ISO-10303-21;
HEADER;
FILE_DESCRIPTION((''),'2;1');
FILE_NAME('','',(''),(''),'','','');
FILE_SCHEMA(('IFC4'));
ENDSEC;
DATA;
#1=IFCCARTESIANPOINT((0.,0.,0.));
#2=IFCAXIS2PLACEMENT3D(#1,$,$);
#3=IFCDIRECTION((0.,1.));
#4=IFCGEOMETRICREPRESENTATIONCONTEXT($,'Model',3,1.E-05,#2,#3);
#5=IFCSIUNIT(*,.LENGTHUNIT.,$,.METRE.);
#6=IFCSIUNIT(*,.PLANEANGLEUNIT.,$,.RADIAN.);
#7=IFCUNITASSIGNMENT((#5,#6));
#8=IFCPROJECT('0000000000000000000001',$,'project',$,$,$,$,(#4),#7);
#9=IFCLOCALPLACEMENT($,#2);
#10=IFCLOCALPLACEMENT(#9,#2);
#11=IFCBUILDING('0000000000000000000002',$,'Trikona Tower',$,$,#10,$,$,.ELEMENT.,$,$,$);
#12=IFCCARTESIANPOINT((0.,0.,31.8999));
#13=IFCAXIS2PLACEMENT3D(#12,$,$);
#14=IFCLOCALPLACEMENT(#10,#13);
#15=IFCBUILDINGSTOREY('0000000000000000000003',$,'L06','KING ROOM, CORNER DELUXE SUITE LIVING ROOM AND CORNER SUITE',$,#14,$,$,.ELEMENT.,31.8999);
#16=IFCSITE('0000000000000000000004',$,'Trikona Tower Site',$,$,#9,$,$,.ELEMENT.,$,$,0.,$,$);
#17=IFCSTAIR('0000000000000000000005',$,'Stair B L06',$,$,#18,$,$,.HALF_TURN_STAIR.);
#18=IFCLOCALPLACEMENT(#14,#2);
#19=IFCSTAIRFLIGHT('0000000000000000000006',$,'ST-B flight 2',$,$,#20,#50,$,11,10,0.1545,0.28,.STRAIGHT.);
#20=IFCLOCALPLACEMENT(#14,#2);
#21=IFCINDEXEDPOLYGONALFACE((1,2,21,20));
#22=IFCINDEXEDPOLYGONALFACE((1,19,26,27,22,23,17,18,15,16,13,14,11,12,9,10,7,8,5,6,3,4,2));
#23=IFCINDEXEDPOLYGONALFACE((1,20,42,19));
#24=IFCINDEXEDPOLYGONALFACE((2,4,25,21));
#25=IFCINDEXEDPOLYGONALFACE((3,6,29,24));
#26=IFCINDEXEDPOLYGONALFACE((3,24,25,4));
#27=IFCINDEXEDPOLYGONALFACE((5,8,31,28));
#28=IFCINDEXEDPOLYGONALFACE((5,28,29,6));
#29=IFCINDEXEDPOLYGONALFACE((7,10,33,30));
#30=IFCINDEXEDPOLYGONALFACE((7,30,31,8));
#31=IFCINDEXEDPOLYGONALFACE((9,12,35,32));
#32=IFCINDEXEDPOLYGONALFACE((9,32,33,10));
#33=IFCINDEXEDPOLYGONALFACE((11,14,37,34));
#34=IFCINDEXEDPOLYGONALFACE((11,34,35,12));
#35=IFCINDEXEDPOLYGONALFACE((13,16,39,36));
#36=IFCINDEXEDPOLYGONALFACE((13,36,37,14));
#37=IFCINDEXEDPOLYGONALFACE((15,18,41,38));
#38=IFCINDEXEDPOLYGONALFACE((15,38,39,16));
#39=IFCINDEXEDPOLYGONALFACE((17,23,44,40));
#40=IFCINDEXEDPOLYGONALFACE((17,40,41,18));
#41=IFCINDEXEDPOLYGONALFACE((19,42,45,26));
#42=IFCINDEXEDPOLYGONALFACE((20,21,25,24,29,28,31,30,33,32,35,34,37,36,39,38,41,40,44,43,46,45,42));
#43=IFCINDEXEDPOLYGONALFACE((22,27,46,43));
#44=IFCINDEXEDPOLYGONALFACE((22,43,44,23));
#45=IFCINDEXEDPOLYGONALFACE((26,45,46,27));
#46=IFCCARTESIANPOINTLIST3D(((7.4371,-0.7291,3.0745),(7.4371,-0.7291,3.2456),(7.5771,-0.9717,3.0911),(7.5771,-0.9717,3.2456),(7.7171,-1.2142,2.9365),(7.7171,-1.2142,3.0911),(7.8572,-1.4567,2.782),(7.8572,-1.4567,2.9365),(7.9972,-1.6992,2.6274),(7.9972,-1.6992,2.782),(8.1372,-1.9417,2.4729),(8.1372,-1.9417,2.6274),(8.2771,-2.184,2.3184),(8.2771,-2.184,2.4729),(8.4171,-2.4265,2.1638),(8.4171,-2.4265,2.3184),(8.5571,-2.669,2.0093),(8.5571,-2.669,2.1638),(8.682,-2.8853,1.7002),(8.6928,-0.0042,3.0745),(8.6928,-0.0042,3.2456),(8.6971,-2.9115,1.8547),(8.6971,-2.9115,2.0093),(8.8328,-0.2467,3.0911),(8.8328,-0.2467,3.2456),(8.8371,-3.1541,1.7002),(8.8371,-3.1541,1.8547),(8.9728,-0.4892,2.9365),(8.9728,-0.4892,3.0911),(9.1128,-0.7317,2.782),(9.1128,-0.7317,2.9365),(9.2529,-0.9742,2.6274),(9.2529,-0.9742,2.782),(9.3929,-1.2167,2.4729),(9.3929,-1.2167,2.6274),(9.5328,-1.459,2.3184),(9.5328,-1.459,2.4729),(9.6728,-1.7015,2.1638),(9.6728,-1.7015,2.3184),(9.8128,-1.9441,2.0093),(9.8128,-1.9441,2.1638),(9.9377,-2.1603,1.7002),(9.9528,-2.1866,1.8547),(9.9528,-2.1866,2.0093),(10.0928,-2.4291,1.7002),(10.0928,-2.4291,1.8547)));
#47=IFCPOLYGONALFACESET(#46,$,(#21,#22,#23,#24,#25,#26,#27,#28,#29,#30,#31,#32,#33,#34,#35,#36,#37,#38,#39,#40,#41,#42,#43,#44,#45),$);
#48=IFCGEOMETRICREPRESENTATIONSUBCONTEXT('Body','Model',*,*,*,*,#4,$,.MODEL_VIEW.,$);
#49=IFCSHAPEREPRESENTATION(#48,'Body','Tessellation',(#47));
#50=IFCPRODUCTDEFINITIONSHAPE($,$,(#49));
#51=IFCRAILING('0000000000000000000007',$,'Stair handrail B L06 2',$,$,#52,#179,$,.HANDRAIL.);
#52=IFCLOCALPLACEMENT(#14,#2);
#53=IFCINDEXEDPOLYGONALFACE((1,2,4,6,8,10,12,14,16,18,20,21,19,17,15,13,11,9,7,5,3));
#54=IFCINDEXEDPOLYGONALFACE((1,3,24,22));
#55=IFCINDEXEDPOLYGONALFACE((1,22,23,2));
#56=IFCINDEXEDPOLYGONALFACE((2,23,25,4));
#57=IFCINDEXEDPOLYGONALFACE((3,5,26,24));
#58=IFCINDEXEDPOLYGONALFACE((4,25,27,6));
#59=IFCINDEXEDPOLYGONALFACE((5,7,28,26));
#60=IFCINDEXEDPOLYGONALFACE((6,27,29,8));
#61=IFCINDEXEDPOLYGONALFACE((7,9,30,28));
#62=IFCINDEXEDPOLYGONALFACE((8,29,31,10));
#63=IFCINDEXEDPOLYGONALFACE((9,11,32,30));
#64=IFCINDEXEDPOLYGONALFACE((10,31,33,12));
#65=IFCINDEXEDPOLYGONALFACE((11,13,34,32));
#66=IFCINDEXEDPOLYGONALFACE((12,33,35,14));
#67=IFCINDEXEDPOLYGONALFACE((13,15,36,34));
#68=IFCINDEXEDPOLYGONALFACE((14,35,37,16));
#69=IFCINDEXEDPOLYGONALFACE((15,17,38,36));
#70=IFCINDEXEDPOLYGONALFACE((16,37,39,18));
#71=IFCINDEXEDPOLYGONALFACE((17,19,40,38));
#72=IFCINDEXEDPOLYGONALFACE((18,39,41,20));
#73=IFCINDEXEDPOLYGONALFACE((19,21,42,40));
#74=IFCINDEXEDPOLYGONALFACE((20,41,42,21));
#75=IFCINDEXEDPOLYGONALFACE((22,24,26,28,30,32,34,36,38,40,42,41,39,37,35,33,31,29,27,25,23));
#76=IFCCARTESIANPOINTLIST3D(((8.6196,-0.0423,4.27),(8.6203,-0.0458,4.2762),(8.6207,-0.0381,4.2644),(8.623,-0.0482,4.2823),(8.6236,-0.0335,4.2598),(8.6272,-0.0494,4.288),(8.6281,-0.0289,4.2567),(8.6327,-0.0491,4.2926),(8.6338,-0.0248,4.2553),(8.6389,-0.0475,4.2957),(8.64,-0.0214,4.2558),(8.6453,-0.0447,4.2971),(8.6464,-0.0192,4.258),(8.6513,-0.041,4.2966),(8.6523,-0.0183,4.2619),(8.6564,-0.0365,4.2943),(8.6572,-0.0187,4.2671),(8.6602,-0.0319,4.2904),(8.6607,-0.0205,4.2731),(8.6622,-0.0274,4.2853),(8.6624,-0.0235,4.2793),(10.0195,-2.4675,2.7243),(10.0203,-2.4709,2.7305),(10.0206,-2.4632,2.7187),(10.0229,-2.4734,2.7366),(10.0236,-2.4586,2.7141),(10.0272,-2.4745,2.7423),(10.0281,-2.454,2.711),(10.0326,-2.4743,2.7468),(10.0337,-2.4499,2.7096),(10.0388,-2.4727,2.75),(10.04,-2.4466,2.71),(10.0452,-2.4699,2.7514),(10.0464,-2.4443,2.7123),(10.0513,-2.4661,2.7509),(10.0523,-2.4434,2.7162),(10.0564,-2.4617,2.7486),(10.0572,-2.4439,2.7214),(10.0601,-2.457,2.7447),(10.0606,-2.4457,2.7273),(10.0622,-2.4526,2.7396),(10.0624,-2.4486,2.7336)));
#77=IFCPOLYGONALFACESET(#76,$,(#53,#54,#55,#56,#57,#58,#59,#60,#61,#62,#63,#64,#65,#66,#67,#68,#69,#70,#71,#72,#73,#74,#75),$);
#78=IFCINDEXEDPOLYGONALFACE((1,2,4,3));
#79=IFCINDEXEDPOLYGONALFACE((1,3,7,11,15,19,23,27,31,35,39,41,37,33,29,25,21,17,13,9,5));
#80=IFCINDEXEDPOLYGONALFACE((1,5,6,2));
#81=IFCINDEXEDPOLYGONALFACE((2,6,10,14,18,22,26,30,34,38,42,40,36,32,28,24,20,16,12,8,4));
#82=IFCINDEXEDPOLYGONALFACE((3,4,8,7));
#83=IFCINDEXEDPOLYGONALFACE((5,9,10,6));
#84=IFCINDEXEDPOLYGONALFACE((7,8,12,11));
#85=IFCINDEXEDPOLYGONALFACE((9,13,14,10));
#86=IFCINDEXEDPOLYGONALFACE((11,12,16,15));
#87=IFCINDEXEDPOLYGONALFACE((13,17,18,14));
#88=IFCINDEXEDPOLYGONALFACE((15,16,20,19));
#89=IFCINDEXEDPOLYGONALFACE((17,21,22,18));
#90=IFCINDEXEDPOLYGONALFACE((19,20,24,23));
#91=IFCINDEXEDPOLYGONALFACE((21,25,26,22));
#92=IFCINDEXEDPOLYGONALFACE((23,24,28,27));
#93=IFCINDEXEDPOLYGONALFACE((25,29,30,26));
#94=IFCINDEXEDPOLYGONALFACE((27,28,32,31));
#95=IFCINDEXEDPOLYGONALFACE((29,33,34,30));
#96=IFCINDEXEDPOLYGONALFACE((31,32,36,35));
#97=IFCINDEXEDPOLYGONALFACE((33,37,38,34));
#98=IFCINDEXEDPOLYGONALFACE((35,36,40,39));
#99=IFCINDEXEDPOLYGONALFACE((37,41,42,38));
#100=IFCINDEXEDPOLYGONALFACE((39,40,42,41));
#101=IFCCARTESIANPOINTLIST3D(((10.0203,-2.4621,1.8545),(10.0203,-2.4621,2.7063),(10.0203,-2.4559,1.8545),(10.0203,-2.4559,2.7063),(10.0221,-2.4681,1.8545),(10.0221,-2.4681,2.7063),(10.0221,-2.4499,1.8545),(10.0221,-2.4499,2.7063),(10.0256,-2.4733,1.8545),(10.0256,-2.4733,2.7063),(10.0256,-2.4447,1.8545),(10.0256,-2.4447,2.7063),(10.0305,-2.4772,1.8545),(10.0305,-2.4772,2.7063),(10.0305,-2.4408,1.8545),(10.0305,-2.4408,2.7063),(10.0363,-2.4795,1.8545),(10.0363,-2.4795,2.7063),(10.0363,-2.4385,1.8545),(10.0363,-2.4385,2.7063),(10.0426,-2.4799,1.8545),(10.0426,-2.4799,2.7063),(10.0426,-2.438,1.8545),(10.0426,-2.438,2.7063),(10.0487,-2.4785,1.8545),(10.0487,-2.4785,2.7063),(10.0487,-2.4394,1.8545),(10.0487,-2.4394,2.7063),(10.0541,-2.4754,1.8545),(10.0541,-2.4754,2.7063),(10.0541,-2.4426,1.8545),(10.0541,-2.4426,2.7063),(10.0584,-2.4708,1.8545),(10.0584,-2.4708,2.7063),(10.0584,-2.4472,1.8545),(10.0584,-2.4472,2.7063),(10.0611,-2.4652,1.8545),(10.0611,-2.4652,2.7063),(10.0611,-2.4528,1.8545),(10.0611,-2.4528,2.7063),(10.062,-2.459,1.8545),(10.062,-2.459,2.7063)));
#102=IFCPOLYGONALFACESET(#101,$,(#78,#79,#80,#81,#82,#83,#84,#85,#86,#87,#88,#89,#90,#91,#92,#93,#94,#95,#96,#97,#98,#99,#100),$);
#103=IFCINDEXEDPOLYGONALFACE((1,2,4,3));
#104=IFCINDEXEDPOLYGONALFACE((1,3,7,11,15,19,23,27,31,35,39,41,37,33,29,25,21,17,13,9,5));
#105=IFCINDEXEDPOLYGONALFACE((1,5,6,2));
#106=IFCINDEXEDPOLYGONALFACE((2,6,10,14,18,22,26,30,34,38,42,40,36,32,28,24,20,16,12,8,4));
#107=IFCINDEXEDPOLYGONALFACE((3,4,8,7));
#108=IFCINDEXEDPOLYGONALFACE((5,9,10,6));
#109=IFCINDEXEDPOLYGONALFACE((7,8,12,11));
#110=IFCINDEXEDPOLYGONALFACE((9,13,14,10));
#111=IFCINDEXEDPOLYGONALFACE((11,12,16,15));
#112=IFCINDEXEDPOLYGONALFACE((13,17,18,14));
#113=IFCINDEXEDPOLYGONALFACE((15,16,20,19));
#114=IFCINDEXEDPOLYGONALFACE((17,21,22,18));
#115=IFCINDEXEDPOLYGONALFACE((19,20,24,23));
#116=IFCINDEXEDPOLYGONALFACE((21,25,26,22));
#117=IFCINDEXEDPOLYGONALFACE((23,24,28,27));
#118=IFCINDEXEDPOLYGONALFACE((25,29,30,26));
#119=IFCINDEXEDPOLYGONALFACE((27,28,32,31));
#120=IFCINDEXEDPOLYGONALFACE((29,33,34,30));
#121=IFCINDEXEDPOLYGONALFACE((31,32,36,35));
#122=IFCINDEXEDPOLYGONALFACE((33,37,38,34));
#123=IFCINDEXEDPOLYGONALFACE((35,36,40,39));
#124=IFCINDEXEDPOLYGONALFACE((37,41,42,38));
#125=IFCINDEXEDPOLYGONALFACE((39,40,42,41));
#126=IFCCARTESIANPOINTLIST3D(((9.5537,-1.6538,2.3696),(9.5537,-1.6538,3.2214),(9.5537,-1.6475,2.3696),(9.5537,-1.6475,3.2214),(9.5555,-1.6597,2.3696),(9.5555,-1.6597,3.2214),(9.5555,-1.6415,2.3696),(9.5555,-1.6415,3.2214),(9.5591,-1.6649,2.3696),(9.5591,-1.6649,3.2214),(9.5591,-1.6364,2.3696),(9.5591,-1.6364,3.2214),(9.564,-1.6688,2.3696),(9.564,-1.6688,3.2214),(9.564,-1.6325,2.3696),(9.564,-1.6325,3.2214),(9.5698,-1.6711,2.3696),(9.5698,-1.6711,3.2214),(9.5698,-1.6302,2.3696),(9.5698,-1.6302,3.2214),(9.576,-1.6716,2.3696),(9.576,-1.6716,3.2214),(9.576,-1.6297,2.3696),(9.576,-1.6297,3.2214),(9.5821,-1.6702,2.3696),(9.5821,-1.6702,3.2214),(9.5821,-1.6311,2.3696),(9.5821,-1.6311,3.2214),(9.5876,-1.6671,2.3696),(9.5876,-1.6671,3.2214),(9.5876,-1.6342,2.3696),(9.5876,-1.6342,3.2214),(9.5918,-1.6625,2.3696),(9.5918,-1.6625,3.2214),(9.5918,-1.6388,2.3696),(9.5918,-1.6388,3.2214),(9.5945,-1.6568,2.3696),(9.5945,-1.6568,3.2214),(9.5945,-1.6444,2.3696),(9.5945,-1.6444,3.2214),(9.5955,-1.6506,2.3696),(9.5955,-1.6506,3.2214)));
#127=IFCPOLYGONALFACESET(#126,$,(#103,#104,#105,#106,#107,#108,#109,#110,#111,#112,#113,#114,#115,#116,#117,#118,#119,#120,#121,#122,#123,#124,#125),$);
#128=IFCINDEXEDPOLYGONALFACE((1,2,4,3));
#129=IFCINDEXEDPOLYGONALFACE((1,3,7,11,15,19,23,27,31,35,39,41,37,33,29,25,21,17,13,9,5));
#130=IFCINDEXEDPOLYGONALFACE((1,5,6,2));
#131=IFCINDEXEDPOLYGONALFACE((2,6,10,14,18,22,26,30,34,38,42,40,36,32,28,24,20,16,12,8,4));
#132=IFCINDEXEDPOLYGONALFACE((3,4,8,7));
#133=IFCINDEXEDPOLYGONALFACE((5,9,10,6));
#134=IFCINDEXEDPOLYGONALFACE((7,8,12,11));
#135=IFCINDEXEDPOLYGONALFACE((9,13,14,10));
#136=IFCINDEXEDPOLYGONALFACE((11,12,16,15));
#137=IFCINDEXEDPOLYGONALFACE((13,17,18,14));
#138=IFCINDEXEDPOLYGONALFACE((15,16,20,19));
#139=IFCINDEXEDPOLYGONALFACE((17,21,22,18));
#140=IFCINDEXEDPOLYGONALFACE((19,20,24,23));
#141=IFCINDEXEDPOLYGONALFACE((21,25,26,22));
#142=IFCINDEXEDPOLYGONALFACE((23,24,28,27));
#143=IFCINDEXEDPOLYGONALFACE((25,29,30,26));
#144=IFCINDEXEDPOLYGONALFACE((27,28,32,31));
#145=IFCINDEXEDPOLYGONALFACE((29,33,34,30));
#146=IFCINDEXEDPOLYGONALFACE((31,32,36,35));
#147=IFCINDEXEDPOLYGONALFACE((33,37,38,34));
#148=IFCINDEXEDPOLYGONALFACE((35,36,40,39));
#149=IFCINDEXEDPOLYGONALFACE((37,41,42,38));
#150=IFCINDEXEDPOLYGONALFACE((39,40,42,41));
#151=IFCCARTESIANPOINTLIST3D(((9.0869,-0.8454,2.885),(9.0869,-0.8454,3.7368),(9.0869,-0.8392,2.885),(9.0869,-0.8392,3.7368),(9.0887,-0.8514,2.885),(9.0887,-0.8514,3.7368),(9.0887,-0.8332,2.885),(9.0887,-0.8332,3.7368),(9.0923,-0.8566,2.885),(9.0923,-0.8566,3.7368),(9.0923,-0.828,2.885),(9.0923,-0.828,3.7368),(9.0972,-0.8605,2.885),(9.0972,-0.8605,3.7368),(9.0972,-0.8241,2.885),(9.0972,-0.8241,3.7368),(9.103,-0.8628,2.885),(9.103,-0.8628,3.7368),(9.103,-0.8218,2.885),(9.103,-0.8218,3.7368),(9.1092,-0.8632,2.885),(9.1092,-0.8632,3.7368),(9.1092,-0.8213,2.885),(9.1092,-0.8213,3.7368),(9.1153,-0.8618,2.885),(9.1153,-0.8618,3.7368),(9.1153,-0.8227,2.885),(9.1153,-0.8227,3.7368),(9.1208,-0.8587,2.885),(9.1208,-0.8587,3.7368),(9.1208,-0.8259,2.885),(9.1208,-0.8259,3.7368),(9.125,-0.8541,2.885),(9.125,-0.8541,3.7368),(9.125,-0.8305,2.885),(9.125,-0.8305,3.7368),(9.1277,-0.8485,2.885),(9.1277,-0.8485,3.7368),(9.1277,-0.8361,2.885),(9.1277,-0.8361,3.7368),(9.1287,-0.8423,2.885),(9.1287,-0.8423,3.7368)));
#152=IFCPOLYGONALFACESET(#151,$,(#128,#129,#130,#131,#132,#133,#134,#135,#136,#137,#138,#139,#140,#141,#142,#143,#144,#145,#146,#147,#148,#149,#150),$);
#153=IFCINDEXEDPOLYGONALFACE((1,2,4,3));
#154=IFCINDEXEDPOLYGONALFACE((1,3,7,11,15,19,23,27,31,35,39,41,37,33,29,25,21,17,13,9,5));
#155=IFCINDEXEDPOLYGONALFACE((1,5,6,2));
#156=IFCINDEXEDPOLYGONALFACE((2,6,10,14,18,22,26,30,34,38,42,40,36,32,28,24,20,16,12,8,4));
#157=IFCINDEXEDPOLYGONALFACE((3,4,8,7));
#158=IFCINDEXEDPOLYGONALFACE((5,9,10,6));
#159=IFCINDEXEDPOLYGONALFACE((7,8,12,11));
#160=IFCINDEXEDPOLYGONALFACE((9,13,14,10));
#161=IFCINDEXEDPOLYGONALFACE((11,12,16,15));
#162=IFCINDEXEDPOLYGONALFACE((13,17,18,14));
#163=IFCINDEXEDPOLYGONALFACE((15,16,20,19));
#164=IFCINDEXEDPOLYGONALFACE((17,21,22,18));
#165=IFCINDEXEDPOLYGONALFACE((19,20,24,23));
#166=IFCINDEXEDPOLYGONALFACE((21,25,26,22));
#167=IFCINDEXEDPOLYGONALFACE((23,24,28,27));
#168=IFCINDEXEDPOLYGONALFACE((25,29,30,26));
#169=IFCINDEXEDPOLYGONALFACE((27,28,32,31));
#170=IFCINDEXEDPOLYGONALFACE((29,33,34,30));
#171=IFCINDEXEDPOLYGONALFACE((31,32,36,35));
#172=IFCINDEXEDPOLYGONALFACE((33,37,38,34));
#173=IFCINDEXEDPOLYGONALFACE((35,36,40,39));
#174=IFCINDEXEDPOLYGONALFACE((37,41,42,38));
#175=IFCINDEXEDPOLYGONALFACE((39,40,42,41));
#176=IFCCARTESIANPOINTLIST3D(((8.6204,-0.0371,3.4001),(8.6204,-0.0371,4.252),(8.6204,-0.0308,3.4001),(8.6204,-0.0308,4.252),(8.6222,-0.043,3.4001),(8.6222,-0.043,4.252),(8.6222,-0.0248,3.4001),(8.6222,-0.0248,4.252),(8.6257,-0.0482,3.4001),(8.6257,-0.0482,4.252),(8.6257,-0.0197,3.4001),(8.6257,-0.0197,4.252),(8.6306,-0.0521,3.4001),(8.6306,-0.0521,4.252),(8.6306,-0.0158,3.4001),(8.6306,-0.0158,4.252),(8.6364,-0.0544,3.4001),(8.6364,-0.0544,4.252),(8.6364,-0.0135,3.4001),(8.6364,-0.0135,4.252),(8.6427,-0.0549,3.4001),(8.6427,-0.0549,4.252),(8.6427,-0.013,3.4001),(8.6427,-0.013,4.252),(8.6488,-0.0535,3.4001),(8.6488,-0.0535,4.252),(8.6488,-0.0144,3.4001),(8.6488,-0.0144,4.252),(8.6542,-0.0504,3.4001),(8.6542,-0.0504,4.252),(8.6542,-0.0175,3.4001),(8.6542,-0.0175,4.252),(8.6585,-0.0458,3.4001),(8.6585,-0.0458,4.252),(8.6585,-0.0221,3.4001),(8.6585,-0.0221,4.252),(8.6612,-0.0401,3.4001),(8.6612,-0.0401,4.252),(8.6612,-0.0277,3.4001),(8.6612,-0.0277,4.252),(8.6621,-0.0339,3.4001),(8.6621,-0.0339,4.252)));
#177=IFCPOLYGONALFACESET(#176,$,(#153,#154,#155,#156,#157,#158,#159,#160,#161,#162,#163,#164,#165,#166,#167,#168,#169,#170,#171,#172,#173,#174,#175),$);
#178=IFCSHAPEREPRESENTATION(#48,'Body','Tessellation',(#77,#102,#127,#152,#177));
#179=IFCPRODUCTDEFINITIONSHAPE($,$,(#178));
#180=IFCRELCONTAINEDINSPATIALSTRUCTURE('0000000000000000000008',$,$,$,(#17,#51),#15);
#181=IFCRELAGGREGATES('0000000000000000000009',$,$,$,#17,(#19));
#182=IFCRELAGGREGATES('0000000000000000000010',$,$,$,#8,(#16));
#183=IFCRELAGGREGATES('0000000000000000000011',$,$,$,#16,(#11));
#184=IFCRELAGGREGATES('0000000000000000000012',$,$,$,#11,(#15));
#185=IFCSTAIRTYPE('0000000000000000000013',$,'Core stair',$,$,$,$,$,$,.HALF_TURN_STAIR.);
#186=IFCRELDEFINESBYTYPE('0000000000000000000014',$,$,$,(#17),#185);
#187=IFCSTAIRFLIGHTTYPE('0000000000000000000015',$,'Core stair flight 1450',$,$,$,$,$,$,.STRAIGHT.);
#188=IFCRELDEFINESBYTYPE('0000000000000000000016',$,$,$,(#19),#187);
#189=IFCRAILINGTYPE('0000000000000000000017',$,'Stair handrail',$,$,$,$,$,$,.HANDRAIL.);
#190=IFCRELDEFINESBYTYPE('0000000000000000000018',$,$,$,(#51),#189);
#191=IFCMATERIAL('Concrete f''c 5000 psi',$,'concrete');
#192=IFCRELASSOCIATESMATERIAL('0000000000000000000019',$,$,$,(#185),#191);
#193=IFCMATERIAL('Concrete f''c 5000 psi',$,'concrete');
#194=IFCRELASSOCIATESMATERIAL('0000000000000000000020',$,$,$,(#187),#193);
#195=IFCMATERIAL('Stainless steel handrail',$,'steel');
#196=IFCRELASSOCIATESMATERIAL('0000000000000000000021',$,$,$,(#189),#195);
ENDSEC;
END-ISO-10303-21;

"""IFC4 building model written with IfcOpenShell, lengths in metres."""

from ifc_helpers import new_model, si_unit, direction, frame, origin, origin_2d, place, context, subcontext, project, spatial, polyline, circle, outline, extrude, material, type_object, element, aggregate, save


model = new_model("IFC4")

# Units and contexts
model_context = context("Model", 3, precision=1e-05, world=origin(), true_north=direction((0.0, 1.0)))
body_context = subcontext(model_context, "Body", "Model", "MODEL_VIEW")
ifc_project = project(units=[si_unit("LENGTHUNIT", "METRE"), si_unit("PLANEANGLEUNIT", "RADIAN")], contexts=[model_context])

# Site, building, storey
site_placement = place(None, origin())
site = spatial("IfcSite", under=ifc_project, at=site_placement, Name="Trikona Tower Site", CompositionType="ELEMENT", RefElevation=0.0)
building_placement = place(site_placement, origin())
building = spatial("IfcBuilding", under=site, at=building_placement, Name="Trikona Tower", CompositionType="ELEMENT")
storey_placement = place(building_placement, frame((0.0, 0.0, 31.8999)))
storey = spatial("IfcBuildingStorey", under=building, at=storey_placement, Name="L06", Description="KING ROOM, CORNER DELUXE SUITE LIVING ROOM AND CORNER SUITE", CompositionType="ELEMENT", Elevation=31.8999)

# Stair, stair flight
ifc_material_1 = material(Name="Concrete f'c 5000 psi", Category="concrete")
stair_type = type_object("IfcStairType", Name="Core stair", PredefinedType="HALF_TURN_STAIR", material=ifc_material_1)
stair_placement = place(storey_placement, origin())
stair = element("IfcStair", 1, at=stair_placement, inside=storey, type_object=stair_type, Name="Stair B L06", PredefinedType="HALF_TURN_STAIR")
ifc_material_2 = material(Name="Concrete f'c 5000 psi", Category="concrete")
stair_flight_type = type_object("IfcStairFlightType", Name="Core stair flight 1450", PredefinedType="STRAIGHT", material=ifc_material_2)
stair_flight_placement = place(storey_placement, frame((9.4651, -2.7915, 1.7002), z_axis=(0.0, 0.0, 1.0), x_axis=(-0.5, 0.866025, 0.0)))
stair_flight = element("IfcStairFlight", 2, at=stair_flight_placement, type_object=stair_flight_type, Name="ST-B flight 2", NumberOfRisers=11, NumberOfTreads=10, PredefinedType="STRAIGHT", RiserHeight=0.1545, TreadLength=0.28, context=body_context, shape_type="SweptSolid", body=[
    extrude(outline(polyline([(0.0, 0.0), (0.0, 0.1545), (0.28, 0.1545), (0.28, 0.3091), (0.5601, 0.3091), (0.5601, 0.4636), (0.8401, 0.4636), (0.8401, 0.6182), (1.1201, 0.6182), (1.1201, 0.7727), (1.3999, 0.7727), (1.3999, 0.9272), (1.6799, 0.9272), (1.6799, 1.0818), (1.96, 1.0818), (1.96, 1.2363), (2.24, 1.2363), (2.24, 1.3909), (2.52, 1.3909), (2.52, 1.5454), (2.8, 1.5454), (2.8, 1.7), (2.8, 1.3743), (0.3103, 0.0), (0.0, 0.0)])), frame((0.0, 0.7251, 0.0), z_axis=(0.0, -1.0, 0.0), x_axis=(1.0, 0.0, 0.0)), (0.0, 0.0, 1.0), 1.45),
])
aggregate(stair, [stair_flight])

# Railing
ifc_material_3 = material(Name="Stainless steel handrail", Category="steel")
railing_type = type_object("IfcRailingType", Name="Stair handrail", PredefinedType="HANDRAIL", material=ifc_material_3)
railing_placement = place(storey_placement, frame((10.041, -2.459, 1.8545)))
element("IfcRailing", 3, at=railing_placement, inside=storey, type_object=railing_type, Name="Stair handrail B L06 2", PredefinedType="HANDRAIL", context=body_context, shape_type="SweptSolid", body=[
    extrude(circle(Radius=0.0239, at=origin_2d()), frame((0.0, 0.0, 0.876), z_axis=(-0.437691, 0.758212, 0.483262), x_axis=(-0.866056, -0.499946, 0.0)), (0.0, 0.0, 1.0), 3.1985),
    extrude(circle(Radius=0.021, at=origin_2d()), origin(), (0.0, 0.0, 1.0), 0.8518),
    extrude(circle(Radius=0.021, at=origin_2d()), frame((-0.4666, 0.8083, 0.5151)), (0.0, 0.0, 1.0), 0.8518),
    extrude(circle(Radius=0.021, at=origin_2d()), frame((-0.9333, 1.6167, 1.0305)), (0.0, 0.0, 1.0), 0.8518),
    extrude(circle(Radius=0.021, at=origin_2d()), frame((-1.3999, 2.425, 1.5457)), (0.0, 0.0, 1.0), 0.8518),
])

save(model, "model.ifc")
